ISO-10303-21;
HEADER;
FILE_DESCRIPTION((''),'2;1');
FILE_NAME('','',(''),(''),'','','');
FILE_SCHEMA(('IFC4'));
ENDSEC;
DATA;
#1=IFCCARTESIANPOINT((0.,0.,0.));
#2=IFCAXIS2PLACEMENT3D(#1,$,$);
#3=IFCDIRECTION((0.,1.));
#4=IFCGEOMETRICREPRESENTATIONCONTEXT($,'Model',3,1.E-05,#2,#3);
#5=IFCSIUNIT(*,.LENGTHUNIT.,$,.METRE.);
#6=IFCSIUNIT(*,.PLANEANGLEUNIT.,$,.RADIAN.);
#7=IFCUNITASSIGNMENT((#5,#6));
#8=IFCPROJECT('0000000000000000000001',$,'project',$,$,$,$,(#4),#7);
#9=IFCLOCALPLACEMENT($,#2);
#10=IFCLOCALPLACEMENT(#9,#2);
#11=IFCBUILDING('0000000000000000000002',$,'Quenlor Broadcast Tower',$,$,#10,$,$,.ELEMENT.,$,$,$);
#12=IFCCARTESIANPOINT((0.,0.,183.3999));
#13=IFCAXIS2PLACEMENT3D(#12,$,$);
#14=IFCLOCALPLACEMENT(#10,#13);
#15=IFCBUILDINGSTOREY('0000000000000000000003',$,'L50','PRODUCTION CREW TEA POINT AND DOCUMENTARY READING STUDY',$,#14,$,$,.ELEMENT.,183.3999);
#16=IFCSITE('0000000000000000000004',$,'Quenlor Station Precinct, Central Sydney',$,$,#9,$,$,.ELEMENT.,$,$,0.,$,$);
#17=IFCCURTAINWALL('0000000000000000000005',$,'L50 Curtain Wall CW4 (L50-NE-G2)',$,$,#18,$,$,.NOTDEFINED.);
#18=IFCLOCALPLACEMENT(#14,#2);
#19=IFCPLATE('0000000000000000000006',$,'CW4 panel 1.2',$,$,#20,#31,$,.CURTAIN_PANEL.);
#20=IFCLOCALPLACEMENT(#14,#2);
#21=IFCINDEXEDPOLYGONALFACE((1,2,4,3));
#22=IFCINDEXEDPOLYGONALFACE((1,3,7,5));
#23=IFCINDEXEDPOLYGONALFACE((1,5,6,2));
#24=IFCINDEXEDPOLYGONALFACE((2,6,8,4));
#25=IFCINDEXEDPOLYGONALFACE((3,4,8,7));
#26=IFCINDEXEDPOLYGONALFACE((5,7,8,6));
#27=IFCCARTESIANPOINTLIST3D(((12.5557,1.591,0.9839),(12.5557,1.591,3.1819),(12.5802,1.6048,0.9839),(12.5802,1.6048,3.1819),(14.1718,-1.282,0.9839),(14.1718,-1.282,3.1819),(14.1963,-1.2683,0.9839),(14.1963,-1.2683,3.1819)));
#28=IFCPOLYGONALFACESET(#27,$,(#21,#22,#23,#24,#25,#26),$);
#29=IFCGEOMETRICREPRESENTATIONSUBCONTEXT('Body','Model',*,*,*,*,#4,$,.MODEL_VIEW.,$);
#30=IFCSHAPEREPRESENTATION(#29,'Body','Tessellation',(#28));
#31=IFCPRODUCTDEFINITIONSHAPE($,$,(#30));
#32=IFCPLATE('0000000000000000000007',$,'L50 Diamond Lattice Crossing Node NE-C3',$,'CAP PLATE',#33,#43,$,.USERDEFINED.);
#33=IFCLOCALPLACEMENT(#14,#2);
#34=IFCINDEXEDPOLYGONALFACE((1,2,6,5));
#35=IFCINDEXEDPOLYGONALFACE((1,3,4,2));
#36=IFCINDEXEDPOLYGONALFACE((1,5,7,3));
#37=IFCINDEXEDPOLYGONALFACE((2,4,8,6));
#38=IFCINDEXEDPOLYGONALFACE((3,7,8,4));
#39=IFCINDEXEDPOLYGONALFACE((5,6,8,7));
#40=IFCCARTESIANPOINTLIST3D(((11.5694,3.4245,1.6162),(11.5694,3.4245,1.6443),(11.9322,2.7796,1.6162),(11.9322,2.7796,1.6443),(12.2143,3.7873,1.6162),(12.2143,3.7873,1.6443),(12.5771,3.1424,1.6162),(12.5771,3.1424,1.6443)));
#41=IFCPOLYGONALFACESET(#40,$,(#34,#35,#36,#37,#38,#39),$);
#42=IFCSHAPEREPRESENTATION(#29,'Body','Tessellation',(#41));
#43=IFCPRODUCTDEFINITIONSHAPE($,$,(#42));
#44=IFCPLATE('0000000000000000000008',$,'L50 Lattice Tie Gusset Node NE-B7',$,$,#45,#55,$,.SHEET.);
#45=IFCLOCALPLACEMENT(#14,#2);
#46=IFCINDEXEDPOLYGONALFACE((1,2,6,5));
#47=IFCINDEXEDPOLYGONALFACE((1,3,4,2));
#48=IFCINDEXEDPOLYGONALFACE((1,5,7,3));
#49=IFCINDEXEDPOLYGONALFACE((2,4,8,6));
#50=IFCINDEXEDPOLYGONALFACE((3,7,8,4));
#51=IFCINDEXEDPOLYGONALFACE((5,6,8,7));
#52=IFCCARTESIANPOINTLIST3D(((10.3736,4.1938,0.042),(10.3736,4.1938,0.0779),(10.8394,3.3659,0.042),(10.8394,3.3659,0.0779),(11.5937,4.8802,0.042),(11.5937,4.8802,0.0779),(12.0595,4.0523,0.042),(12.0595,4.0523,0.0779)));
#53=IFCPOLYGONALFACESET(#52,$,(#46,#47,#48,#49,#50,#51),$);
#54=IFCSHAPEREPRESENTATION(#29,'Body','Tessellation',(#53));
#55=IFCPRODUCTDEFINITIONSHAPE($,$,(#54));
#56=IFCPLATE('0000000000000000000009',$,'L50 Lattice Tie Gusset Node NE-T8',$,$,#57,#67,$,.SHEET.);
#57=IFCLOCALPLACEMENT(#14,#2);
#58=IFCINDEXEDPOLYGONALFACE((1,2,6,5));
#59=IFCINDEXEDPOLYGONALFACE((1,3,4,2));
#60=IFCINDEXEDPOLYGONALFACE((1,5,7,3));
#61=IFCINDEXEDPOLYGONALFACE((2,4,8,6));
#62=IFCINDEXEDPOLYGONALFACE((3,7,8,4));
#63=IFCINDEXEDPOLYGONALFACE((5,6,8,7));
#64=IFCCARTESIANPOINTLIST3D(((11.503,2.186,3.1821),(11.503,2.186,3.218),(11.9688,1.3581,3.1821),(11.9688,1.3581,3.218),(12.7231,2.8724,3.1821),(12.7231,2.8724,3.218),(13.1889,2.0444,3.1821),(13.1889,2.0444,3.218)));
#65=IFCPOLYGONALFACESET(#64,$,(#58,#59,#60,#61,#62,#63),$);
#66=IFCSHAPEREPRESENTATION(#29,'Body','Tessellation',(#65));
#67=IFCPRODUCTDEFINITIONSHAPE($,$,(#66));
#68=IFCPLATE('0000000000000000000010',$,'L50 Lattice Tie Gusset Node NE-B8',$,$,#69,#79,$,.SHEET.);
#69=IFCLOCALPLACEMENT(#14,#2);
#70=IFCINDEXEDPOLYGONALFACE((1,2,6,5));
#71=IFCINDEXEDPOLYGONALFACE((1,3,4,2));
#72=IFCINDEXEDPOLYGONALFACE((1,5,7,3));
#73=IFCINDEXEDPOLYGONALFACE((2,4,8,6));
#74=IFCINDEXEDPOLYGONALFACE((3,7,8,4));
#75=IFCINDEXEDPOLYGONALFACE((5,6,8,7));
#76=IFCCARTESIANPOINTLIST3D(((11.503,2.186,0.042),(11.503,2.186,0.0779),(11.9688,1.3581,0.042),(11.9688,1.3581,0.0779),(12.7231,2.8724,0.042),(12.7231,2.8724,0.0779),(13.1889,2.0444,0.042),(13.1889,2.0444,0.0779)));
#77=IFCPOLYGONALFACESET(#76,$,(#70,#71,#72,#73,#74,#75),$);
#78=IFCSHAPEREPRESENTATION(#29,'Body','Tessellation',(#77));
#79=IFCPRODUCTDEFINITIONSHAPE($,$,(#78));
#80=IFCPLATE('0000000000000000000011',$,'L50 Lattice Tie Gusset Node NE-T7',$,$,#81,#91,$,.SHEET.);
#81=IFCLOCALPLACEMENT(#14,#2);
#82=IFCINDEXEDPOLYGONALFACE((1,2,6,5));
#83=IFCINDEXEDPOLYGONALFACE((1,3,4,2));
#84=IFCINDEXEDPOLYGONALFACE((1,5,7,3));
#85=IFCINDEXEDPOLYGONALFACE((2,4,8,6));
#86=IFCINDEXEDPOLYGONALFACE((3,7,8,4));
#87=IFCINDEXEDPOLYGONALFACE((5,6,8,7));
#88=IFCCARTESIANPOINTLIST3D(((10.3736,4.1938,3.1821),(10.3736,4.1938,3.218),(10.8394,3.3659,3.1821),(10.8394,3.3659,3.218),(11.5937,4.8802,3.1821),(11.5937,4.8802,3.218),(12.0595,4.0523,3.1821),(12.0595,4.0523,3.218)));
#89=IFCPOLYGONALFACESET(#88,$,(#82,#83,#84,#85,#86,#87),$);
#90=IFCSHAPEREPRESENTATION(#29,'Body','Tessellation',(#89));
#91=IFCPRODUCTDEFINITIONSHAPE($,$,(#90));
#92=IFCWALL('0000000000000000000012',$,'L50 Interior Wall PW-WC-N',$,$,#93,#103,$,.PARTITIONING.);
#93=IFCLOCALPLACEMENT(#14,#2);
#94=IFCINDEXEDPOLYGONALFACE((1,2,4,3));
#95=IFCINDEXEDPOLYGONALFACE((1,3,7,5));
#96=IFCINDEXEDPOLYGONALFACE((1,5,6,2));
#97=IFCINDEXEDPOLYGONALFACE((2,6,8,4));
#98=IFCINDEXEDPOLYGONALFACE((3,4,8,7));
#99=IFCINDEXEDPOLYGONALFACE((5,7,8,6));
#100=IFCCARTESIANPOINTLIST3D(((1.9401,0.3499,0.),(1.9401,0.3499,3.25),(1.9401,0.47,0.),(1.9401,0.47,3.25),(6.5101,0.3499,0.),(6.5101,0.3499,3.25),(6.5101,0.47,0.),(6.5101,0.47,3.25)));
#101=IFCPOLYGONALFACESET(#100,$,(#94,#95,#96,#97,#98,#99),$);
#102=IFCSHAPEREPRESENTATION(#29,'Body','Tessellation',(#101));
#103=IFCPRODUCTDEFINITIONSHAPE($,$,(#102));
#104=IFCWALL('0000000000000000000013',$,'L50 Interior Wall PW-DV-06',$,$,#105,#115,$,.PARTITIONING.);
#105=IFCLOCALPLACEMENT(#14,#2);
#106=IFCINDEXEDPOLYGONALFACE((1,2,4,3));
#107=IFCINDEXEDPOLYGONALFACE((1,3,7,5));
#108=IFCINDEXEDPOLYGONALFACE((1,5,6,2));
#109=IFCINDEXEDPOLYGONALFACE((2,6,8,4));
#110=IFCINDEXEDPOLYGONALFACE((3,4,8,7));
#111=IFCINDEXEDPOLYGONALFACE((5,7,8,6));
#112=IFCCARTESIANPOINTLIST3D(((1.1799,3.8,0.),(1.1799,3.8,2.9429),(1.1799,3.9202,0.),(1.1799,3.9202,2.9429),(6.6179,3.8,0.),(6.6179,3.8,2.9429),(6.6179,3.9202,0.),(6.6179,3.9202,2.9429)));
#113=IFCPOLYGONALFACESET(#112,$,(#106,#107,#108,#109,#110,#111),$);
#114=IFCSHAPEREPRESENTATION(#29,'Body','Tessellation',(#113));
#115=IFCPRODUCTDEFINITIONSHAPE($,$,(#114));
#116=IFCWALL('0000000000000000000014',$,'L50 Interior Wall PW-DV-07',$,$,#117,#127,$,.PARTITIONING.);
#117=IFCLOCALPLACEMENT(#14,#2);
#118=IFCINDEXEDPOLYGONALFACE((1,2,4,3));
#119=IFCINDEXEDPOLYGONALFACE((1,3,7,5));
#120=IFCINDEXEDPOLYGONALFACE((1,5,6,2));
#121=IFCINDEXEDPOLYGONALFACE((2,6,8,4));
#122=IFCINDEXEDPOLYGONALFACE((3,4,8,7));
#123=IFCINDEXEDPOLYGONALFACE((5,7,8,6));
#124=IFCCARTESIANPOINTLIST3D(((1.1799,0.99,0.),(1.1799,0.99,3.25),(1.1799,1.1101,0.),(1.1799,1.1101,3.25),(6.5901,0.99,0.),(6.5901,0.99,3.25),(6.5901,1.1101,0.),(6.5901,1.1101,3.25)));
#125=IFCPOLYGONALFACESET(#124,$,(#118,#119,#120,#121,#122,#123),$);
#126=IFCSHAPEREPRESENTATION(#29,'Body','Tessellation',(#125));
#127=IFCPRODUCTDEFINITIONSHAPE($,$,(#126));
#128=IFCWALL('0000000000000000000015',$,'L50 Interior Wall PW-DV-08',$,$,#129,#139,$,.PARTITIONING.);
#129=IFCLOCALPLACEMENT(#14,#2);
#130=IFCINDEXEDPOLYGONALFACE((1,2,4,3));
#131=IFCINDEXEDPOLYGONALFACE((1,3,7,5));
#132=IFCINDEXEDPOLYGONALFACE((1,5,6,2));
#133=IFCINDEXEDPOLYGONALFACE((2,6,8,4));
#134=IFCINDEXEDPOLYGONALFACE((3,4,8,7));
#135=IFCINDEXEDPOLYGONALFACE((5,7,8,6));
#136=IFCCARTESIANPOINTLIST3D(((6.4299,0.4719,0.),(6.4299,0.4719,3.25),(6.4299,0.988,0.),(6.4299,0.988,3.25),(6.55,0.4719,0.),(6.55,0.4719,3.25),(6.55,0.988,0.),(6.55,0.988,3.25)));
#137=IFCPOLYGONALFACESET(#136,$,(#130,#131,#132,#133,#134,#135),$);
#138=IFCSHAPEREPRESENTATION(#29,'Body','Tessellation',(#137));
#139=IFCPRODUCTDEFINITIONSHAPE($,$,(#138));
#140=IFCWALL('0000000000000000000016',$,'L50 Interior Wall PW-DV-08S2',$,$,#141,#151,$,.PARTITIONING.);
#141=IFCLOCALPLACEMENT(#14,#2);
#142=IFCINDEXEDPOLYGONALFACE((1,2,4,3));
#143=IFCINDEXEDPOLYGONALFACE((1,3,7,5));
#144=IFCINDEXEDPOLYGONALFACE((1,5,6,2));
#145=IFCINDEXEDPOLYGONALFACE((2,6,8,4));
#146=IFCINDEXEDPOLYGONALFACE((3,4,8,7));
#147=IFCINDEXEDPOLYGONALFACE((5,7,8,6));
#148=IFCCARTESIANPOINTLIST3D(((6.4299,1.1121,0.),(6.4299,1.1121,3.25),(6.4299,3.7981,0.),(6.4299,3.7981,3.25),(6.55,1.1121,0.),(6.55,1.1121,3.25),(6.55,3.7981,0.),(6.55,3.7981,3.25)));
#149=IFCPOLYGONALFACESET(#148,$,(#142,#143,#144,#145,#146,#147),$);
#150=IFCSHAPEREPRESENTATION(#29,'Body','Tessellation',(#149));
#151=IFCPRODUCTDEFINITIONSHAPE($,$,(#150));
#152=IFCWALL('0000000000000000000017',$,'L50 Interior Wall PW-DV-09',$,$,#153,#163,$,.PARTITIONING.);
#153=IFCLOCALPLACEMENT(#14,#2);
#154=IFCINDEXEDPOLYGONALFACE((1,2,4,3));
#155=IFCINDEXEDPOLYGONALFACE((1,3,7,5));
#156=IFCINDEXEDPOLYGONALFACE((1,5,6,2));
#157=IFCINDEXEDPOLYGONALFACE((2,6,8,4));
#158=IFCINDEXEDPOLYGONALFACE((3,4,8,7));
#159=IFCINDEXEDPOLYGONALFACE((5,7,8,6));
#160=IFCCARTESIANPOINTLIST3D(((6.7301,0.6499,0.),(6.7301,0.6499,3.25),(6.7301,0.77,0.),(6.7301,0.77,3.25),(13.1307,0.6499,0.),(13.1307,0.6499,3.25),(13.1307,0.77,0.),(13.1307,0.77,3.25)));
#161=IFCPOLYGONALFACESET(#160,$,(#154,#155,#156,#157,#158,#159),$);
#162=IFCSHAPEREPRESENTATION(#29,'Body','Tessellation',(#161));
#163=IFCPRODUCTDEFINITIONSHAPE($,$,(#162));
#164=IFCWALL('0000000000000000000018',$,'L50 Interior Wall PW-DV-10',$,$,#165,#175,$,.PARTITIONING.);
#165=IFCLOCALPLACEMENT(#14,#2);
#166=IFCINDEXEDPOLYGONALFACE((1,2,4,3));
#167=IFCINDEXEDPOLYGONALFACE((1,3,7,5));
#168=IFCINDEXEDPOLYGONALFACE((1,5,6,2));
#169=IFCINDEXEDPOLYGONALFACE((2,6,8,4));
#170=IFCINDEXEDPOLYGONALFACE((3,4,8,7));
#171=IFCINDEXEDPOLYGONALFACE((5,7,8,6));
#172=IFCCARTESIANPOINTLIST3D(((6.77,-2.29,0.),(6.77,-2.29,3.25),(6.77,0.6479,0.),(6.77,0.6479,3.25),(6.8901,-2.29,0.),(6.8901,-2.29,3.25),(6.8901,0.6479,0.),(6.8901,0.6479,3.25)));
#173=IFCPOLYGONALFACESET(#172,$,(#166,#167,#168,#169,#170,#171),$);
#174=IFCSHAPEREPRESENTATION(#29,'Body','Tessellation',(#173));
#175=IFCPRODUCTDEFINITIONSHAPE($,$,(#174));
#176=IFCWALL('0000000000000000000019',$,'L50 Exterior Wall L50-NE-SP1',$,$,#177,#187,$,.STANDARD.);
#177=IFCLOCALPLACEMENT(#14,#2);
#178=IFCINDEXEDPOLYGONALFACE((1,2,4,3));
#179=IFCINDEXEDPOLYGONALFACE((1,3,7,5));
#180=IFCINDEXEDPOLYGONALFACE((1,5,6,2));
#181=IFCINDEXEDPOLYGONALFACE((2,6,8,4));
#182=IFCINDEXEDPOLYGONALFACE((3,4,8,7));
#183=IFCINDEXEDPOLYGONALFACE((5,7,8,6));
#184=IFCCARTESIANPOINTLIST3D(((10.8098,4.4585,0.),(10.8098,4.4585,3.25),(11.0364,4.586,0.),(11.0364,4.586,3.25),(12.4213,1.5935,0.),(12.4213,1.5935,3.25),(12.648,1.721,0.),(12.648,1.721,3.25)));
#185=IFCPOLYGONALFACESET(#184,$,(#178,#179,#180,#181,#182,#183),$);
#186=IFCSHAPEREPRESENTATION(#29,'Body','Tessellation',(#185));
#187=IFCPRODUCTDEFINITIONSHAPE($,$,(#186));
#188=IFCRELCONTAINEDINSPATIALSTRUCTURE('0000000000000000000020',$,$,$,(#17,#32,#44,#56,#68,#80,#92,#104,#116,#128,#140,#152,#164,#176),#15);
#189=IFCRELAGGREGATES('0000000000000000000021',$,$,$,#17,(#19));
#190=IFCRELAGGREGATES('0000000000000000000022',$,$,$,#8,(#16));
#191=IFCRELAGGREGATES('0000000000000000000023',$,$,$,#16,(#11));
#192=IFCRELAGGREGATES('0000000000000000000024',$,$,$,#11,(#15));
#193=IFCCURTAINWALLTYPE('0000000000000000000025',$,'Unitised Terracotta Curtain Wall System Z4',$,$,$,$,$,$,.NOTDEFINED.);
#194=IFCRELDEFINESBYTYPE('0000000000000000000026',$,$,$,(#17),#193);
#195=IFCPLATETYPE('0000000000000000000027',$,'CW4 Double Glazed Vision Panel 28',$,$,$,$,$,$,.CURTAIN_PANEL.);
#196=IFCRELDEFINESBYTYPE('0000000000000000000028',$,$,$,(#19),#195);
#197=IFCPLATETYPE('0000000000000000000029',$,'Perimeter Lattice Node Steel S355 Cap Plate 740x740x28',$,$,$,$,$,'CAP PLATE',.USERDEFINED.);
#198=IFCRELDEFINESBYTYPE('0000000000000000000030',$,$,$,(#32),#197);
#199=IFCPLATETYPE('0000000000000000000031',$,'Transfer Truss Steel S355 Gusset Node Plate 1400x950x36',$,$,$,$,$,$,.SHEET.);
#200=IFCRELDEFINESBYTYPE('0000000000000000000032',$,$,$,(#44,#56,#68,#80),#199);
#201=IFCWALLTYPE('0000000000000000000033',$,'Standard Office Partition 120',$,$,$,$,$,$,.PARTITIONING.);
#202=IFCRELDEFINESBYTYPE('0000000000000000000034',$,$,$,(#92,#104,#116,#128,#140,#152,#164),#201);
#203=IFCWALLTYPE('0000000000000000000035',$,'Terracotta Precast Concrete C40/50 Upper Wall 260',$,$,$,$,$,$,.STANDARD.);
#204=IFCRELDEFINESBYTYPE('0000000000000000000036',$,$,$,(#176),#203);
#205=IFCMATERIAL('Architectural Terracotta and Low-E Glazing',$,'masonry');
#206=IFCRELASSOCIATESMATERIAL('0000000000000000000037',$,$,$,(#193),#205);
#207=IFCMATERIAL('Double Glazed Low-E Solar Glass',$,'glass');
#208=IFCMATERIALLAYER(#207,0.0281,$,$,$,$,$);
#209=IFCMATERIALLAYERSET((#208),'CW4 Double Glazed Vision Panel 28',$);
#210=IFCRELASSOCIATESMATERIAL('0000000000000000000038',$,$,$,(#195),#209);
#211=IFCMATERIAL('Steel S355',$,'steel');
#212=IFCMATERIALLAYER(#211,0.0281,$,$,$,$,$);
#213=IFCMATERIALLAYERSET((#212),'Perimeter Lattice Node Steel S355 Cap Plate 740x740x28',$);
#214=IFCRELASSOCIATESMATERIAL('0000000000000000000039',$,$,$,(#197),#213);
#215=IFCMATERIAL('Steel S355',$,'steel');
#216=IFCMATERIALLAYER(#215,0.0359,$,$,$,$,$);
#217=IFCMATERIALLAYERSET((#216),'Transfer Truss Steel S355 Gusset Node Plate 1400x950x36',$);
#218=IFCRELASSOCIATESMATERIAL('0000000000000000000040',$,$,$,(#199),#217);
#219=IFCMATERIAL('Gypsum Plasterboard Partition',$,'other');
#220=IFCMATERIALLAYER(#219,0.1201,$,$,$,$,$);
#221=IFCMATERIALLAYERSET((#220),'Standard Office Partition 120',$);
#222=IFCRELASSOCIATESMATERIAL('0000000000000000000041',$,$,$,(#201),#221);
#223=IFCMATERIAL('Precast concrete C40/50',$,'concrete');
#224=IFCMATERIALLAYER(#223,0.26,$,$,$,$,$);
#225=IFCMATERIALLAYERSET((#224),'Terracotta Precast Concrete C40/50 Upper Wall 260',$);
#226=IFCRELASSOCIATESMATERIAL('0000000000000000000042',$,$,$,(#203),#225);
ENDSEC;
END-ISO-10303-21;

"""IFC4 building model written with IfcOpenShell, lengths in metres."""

from ifc_helpers import new_model, si_unit, direction, frame, frame_2d, origin, origin_2d, place, context, subcontext, project, spatial, rectangle, extrude, material, layer, layer_set, type_object, element, aggregate, save


model = new_model("IFC4")

# Units and contexts
model_context = context("Model", 3, precision=1e-05, world=origin(), true_north=direction((0.0, 1.0)))
body_context = subcontext(model_context, "Body", "Model", "MODEL_VIEW")
ifc_project = project(units=[si_unit("LENGTHUNIT", "METRE"), si_unit("PLANEANGLEUNIT", "RADIAN")], contexts=[model_context])

# Site, building, storey
site_placement = place(None, origin())
site = spatial("IfcSite", under=ifc_project, at=site_placement, Name="Quenlor Station Precinct, Central Sydney", CompositionType="ELEMENT", RefElevation=0.0)
building_placement = place(site_placement, origin())
building = spatial("IfcBuilding", under=site, at=building_placement, Name="Quenlor Broadcast Tower", CompositionType="ELEMENT")
storey_placement = place(building_placement, frame((0.0, 0.0, 183.3999)))
storey = spatial("IfcBuildingStorey", under=building, at=storey_placement, Name="L50", Description="PRODUCTION CREW TEA POINT AND DOCUMENTARY READING STUDY", CompositionType="ELEMENT", Elevation=183.3999)

# Shared definitions
ifc_material_1 = material(Name="Architectural Terracotta and Low-E Glazing", Category="masonry")
curtain_wall_type = type_object("IfcCurtainWallType", Name="Unitised Terracotta Curtain Wall System Z4", PredefinedType="NOTDEFINED", material=ifc_material_1)

# Curtain wall
curtain_wall_1_placement = place(storey_placement, origin())
curtain_wall_1 = element("IfcCurtainWall", 1, at=curtain_wall_1_placement, inside=storey, type_object=curtain_wall_type, Name="L50 Curtain Wall CW4 (L50-NE-G2)", PredefinedType="NOTDEFINED")

# Plate
ifc_material_2 = material(Name="Double Glazed Low-E Solar Glass", Category="glass")
ifc_layer_1 = layer(ifc_material_2, 0.0281)
ifc_layer_set_1 = layer_set([ifc_layer_1], Name="CW4 Double Glazed Vision Panel 28")
plate_type_1 = type_object("IfcPlateType", Name="CW4 Double Glazed Vision Panel 28", PredefinedType="CURTAIN_PANEL", material=ifc_layer_set_1)
plate_1_placement = place(storey_placement, frame((13.376, 0.1614, 0.9839), z_axis=(0.0, 0.0, 1.0), x_axis=(0.490257, -0.871578, 0.0)))
plate_1 = element("IfcPlate", 2, at=plate_1_placement, type_object=plate_type_1, Name="CW4 panel 1.2", PredefinedType="CURTAIN_PANEL", context=body_context, shape_type="SweptSolid", body=[
    extrude(rectangle(XDim=3.2964, YDim=0.0281, at=origin_2d()), origin(), (0.0, 0.0, 1.0), 2.198),
])
aggregate(curtain_wall_1, [plate_1])

# Plates
ifc_material_3 = material(Name="Steel S355", Category="steel")
ifc_layer_2 = layer(ifc_material_3, 0.0281)
ifc_layer_set_2 = layer_set([ifc_layer_2], Name="Perimeter Lattice Node Steel S355 Cap Plate 740x740x28")
plate_type_2 = type_object("IfcPlateType", Name="Perimeter Lattice Node Steel S355 Cap Plate 740x740x28", ElementType="CAP PLATE", PredefinedType="USERDEFINED", material=ifc_layer_set_2)
plate_2_placement = place(storey_placement, frame((12.0732, 3.2834, 1.6162), z_axis=(0.0, 0.0, 1.0), x_axis=(0.490295, -0.871556, 0.0)))
element("IfcPlate", 3, at=plate_2_placement, inside=storey, type_object=plate_type_2, Name="L50 Diamond Lattice Crossing Node NE-C3", ObjectType="CAP PLATE", PredefinedType="USERDEFINED", context=body_context, shape_type="SweptSolid", body=[
    extrude(rectangle(XDim=0.74, YDim=0.74, at=origin_2d()), origin(), (0.0, 0.0, 1.0), 0.0281),
])
ifc_material_4 = material(Name="Steel S355", Category="steel")
ifc_layer_3 = layer(ifc_material_4, 0.0359)
ifc_layer_set_3 = layer_set([ifc_layer_3], Name="Transfer Truss Steel S355 Gusset Node Plate 1400x950x36")
plate_type_3 = type_object("IfcPlateType", Name="Transfer Truss Steel S355 Gusset Node Plate 1400x950x36", PredefinedType="SHEET", material=ifc_layer_set_3)
for number, where, z_axis, x_axis, name in (
    (4, (11.2166, 4.123, 0.042), (0.0, 0.0, 1.0), (0.871556, 0.490295, 0.0), "L50 Lattice Tie Gusset Node NE-B7"),
    (5, (12.3459, 2.1152, 3.1821), (0.0, 0.0, 1.0), (0.871556, 0.490295, 0.0), "L50 Lattice Tie Gusset Node NE-T8"),
    (6, (12.3459, 2.1152, 0.042), (0.0, 0.0, 1.0), (0.871556, 0.490295, 0.0), "L50 Lattice Tie Gusset Node NE-B8"),
    (7, (11.2166, 4.123, 3.1821), (0.0, 0.0, 1.0), (0.871556, 0.490295, 0.0), "L50 Lattice Tie Gusset Node NE-T7"),
):
    element("IfcPlate", number, at=place(storey_placement, frame(where, z_axis=z_axis, x_axis=x_axis)), inside=storey, type_object=plate_type_3, Name=name, PredefinedType="SHEET", context=body_context, shape_type="SweptSolid", body=[
        extrude(rectangle(XDim=1.3999, YDim=0.95, at=origin_2d()), origin(), (0.0, 0.0, 1.0), 0.0359),
    ])

# Walls
ifc_material_5 = material(Name="Gypsum Plasterboard Partition", Category="other")
ifc_layer_4 = layer(ifc_material_5, 0.1201)
ifc_layer_set_4 = layer_set([ifc_layer_4], Name="Standard Office Partition 120")
wall_type_1 = type_object("IfcWallType", Name="Standard Office Partition 120", PredefinedType="PARTITIONING", material=ifc_layer_set_4)
wall_1_placement = place(storey_placement, frame((1.9399, 0.4099, 0.0), z_axis=(0.0, 0.0, 1.0), x_axis=(1.0, 0.0, 0.0)))
element("IfcWall", 8, at=wall_1_placement, inside=storey, type_object=wall_type_1, Name="L50 Interior Wall PW-WC-N", PredefinedType="PARTITIONING", context=body_context, shape_type="SweptSolid", body=[
    extrude(rectangle(XDim=4.5701, YDim=0.1201, at=frame_2d((2.2852, 0.0))), origin(), (0.0, 0.0, 1.0), 3.25),
])
wall_2_placement = place(storey_placement, frame((6.6179, 3.8601, 0.0), z_axis=(0.0, 0.0, 1.0), x_axis=(-1.0, 0.0, 0.0)))
element("IfcWall", 9, at=wall_2_placement, inside=storey, type_object=wall_type_1, Name="L50 Interior Wall PW-DV-06", PredefinedType="PARTITIONING", context=body_context, shape_type="SweptSolid", body=[
    extrude(rectangle(XDim=5.438, YDim=0.1201, at=frame_2d((2.719, 0.0))), origin(), (0.0, 0.0, 1.0), 2.9429),
])
wall_3_placement = place(storey_placement, frame((1.1799, 1.05, 0.0), z_axis=(0.0, 0.0, 1.0), x_axis=(1.0, 0.0, 0.0)))
element("IfcWall", 10, at=wall_3_placement, inside=storey, type_object=wall_type_1, Name="L50 Interior Wall PW-DV-07", PredefinedType="PARTITIONING", context=body_context, shape_type="SweptSolid", body=[
    extrude(rectangle(XDim=5.4102, YDim=0.1201, at=frame_2d((2.7051, 0.0))), origin(), (0.0, 0.0, 1.0), 3.25),
])
wall_4_placement = place(storey_placement, frame((6.49, 0.4719, 0.0), z_axis=(0.0, 0.0, 1.0), x_axis=(0.0, 1.0, 0.0)))
element("IfcWall", 11, at=wall_4_placement, inside=storey, type_object=wall_type_1, Name="L50 Interior Wall PW-DV-08", PredefinedType="PARTITIONING", context=body_context, shape_type="SweptSolid", body=[
    extrude(rectangle(XDim=0.5161, YDim=0.1201, at=frame_2d((0.2581, 0.0))), origin(), (0.0, 0.0, 1.0), 3.25),
])
wall_5_placement = place(storey_placement, frame((6.49, 1.1121, 0.0), z_axis=(0.0, 0.0, 1.0), x_axis=(0.0, 1.0, 0.0)))
element("IfcWall", 12, at=wall_5_placement, inside=storey, type_object=wall_type_1, Name="L50 Interior Wall PW-DV-08S2", PredefinedType="PARTITIONING", context=body_context, shape_type="SweptSolid", body=[
    extrude(rectangle(XDim=2.686, YDim=0.1201, at=frame_2d((1.343, 0.0))), origin(), (0.0, 0.0, 1.0), 3.25),
])
wall_6_placement = place(storey_placement, frame((13.1306, 0.71, 0.0), z_axis=(0.0, 0.0, 1.0), x_axis=(-1.0, 0.0, 0.0)))
element("IfcWall", 13, at=wall_6_placement, inside=storey, type_object=wall_type_1, Name="L50 Interior Wall PW-DV-09", PredefinedType="PARTITIONING", context=body_context, shape_type="SweptSolid", body=[
    extrude(rectangle(XDim=6.4006, YDim=0.1201, at=frame_2d((3.2002, 0.0))), origin(), (0.0, 0.0, 1.0), 3.25),
])
wall_7_placement = place(storey_placement, frame((6.8301, 0.6479, 0.0), z_axis=(0.0, 0.0, 1.0), x_axis=(0.0, -1.0, 0.0)))
element("IfcWall", 14, at=wall_7_placement, inside=storey, type_object=wall_type_1, Name="L50 Interior Wall PW-DV-10", PredefinedType="PARTITIONING", context=body_context, shape_type="SweptSolid", body=[
    extrude(rectangle(XDim=2.938, YDim=0.1201, at=frame_2d((1.469, 0.0))), origin(), (0.0, 0.0, 1.0), 3.25),
])
ifc_material_6 = material(Name="Precast concrete C40/50", Category="concrete")
ifc_layer_5 = layer(ifc_material_6, 0.26)
ifc_layer_set_5 = layer_set([ifc_layer_5], Name="Terracotta Precast Concrete C40/50 Upper Wall 260")
wall_type_2 = type_object("IfcWallType", Name="Terracotta Precast Concrete C40/50 Upper Wall 260", PredefinedType="STANDARD", material=ifc_layer_set_5)
wall_8_placement = place(storey_placement, frame((10.9231, 4.5222, 0.0), z_axis=(0.0, 0.0, 1.0), x_axis=(0.490265, -0.871574, 0.0)))
element("IfcWall", 15, at=wall_8_placement, inside=storey, type_object=wall_type_2, Name="L50 Exterior Wall L50-NE-SP1", PredefinedType="STANDARD", context=body_context, shape_type="SweptSolid", body=[
    extrude(rectangle(XDim=3.2871, YDim=0.26, at=frame_2d((1.6436, 0.0))), origin(), (0.0, 0.0, 1.0), 3.25),
])

save(model, "model.ifc")
